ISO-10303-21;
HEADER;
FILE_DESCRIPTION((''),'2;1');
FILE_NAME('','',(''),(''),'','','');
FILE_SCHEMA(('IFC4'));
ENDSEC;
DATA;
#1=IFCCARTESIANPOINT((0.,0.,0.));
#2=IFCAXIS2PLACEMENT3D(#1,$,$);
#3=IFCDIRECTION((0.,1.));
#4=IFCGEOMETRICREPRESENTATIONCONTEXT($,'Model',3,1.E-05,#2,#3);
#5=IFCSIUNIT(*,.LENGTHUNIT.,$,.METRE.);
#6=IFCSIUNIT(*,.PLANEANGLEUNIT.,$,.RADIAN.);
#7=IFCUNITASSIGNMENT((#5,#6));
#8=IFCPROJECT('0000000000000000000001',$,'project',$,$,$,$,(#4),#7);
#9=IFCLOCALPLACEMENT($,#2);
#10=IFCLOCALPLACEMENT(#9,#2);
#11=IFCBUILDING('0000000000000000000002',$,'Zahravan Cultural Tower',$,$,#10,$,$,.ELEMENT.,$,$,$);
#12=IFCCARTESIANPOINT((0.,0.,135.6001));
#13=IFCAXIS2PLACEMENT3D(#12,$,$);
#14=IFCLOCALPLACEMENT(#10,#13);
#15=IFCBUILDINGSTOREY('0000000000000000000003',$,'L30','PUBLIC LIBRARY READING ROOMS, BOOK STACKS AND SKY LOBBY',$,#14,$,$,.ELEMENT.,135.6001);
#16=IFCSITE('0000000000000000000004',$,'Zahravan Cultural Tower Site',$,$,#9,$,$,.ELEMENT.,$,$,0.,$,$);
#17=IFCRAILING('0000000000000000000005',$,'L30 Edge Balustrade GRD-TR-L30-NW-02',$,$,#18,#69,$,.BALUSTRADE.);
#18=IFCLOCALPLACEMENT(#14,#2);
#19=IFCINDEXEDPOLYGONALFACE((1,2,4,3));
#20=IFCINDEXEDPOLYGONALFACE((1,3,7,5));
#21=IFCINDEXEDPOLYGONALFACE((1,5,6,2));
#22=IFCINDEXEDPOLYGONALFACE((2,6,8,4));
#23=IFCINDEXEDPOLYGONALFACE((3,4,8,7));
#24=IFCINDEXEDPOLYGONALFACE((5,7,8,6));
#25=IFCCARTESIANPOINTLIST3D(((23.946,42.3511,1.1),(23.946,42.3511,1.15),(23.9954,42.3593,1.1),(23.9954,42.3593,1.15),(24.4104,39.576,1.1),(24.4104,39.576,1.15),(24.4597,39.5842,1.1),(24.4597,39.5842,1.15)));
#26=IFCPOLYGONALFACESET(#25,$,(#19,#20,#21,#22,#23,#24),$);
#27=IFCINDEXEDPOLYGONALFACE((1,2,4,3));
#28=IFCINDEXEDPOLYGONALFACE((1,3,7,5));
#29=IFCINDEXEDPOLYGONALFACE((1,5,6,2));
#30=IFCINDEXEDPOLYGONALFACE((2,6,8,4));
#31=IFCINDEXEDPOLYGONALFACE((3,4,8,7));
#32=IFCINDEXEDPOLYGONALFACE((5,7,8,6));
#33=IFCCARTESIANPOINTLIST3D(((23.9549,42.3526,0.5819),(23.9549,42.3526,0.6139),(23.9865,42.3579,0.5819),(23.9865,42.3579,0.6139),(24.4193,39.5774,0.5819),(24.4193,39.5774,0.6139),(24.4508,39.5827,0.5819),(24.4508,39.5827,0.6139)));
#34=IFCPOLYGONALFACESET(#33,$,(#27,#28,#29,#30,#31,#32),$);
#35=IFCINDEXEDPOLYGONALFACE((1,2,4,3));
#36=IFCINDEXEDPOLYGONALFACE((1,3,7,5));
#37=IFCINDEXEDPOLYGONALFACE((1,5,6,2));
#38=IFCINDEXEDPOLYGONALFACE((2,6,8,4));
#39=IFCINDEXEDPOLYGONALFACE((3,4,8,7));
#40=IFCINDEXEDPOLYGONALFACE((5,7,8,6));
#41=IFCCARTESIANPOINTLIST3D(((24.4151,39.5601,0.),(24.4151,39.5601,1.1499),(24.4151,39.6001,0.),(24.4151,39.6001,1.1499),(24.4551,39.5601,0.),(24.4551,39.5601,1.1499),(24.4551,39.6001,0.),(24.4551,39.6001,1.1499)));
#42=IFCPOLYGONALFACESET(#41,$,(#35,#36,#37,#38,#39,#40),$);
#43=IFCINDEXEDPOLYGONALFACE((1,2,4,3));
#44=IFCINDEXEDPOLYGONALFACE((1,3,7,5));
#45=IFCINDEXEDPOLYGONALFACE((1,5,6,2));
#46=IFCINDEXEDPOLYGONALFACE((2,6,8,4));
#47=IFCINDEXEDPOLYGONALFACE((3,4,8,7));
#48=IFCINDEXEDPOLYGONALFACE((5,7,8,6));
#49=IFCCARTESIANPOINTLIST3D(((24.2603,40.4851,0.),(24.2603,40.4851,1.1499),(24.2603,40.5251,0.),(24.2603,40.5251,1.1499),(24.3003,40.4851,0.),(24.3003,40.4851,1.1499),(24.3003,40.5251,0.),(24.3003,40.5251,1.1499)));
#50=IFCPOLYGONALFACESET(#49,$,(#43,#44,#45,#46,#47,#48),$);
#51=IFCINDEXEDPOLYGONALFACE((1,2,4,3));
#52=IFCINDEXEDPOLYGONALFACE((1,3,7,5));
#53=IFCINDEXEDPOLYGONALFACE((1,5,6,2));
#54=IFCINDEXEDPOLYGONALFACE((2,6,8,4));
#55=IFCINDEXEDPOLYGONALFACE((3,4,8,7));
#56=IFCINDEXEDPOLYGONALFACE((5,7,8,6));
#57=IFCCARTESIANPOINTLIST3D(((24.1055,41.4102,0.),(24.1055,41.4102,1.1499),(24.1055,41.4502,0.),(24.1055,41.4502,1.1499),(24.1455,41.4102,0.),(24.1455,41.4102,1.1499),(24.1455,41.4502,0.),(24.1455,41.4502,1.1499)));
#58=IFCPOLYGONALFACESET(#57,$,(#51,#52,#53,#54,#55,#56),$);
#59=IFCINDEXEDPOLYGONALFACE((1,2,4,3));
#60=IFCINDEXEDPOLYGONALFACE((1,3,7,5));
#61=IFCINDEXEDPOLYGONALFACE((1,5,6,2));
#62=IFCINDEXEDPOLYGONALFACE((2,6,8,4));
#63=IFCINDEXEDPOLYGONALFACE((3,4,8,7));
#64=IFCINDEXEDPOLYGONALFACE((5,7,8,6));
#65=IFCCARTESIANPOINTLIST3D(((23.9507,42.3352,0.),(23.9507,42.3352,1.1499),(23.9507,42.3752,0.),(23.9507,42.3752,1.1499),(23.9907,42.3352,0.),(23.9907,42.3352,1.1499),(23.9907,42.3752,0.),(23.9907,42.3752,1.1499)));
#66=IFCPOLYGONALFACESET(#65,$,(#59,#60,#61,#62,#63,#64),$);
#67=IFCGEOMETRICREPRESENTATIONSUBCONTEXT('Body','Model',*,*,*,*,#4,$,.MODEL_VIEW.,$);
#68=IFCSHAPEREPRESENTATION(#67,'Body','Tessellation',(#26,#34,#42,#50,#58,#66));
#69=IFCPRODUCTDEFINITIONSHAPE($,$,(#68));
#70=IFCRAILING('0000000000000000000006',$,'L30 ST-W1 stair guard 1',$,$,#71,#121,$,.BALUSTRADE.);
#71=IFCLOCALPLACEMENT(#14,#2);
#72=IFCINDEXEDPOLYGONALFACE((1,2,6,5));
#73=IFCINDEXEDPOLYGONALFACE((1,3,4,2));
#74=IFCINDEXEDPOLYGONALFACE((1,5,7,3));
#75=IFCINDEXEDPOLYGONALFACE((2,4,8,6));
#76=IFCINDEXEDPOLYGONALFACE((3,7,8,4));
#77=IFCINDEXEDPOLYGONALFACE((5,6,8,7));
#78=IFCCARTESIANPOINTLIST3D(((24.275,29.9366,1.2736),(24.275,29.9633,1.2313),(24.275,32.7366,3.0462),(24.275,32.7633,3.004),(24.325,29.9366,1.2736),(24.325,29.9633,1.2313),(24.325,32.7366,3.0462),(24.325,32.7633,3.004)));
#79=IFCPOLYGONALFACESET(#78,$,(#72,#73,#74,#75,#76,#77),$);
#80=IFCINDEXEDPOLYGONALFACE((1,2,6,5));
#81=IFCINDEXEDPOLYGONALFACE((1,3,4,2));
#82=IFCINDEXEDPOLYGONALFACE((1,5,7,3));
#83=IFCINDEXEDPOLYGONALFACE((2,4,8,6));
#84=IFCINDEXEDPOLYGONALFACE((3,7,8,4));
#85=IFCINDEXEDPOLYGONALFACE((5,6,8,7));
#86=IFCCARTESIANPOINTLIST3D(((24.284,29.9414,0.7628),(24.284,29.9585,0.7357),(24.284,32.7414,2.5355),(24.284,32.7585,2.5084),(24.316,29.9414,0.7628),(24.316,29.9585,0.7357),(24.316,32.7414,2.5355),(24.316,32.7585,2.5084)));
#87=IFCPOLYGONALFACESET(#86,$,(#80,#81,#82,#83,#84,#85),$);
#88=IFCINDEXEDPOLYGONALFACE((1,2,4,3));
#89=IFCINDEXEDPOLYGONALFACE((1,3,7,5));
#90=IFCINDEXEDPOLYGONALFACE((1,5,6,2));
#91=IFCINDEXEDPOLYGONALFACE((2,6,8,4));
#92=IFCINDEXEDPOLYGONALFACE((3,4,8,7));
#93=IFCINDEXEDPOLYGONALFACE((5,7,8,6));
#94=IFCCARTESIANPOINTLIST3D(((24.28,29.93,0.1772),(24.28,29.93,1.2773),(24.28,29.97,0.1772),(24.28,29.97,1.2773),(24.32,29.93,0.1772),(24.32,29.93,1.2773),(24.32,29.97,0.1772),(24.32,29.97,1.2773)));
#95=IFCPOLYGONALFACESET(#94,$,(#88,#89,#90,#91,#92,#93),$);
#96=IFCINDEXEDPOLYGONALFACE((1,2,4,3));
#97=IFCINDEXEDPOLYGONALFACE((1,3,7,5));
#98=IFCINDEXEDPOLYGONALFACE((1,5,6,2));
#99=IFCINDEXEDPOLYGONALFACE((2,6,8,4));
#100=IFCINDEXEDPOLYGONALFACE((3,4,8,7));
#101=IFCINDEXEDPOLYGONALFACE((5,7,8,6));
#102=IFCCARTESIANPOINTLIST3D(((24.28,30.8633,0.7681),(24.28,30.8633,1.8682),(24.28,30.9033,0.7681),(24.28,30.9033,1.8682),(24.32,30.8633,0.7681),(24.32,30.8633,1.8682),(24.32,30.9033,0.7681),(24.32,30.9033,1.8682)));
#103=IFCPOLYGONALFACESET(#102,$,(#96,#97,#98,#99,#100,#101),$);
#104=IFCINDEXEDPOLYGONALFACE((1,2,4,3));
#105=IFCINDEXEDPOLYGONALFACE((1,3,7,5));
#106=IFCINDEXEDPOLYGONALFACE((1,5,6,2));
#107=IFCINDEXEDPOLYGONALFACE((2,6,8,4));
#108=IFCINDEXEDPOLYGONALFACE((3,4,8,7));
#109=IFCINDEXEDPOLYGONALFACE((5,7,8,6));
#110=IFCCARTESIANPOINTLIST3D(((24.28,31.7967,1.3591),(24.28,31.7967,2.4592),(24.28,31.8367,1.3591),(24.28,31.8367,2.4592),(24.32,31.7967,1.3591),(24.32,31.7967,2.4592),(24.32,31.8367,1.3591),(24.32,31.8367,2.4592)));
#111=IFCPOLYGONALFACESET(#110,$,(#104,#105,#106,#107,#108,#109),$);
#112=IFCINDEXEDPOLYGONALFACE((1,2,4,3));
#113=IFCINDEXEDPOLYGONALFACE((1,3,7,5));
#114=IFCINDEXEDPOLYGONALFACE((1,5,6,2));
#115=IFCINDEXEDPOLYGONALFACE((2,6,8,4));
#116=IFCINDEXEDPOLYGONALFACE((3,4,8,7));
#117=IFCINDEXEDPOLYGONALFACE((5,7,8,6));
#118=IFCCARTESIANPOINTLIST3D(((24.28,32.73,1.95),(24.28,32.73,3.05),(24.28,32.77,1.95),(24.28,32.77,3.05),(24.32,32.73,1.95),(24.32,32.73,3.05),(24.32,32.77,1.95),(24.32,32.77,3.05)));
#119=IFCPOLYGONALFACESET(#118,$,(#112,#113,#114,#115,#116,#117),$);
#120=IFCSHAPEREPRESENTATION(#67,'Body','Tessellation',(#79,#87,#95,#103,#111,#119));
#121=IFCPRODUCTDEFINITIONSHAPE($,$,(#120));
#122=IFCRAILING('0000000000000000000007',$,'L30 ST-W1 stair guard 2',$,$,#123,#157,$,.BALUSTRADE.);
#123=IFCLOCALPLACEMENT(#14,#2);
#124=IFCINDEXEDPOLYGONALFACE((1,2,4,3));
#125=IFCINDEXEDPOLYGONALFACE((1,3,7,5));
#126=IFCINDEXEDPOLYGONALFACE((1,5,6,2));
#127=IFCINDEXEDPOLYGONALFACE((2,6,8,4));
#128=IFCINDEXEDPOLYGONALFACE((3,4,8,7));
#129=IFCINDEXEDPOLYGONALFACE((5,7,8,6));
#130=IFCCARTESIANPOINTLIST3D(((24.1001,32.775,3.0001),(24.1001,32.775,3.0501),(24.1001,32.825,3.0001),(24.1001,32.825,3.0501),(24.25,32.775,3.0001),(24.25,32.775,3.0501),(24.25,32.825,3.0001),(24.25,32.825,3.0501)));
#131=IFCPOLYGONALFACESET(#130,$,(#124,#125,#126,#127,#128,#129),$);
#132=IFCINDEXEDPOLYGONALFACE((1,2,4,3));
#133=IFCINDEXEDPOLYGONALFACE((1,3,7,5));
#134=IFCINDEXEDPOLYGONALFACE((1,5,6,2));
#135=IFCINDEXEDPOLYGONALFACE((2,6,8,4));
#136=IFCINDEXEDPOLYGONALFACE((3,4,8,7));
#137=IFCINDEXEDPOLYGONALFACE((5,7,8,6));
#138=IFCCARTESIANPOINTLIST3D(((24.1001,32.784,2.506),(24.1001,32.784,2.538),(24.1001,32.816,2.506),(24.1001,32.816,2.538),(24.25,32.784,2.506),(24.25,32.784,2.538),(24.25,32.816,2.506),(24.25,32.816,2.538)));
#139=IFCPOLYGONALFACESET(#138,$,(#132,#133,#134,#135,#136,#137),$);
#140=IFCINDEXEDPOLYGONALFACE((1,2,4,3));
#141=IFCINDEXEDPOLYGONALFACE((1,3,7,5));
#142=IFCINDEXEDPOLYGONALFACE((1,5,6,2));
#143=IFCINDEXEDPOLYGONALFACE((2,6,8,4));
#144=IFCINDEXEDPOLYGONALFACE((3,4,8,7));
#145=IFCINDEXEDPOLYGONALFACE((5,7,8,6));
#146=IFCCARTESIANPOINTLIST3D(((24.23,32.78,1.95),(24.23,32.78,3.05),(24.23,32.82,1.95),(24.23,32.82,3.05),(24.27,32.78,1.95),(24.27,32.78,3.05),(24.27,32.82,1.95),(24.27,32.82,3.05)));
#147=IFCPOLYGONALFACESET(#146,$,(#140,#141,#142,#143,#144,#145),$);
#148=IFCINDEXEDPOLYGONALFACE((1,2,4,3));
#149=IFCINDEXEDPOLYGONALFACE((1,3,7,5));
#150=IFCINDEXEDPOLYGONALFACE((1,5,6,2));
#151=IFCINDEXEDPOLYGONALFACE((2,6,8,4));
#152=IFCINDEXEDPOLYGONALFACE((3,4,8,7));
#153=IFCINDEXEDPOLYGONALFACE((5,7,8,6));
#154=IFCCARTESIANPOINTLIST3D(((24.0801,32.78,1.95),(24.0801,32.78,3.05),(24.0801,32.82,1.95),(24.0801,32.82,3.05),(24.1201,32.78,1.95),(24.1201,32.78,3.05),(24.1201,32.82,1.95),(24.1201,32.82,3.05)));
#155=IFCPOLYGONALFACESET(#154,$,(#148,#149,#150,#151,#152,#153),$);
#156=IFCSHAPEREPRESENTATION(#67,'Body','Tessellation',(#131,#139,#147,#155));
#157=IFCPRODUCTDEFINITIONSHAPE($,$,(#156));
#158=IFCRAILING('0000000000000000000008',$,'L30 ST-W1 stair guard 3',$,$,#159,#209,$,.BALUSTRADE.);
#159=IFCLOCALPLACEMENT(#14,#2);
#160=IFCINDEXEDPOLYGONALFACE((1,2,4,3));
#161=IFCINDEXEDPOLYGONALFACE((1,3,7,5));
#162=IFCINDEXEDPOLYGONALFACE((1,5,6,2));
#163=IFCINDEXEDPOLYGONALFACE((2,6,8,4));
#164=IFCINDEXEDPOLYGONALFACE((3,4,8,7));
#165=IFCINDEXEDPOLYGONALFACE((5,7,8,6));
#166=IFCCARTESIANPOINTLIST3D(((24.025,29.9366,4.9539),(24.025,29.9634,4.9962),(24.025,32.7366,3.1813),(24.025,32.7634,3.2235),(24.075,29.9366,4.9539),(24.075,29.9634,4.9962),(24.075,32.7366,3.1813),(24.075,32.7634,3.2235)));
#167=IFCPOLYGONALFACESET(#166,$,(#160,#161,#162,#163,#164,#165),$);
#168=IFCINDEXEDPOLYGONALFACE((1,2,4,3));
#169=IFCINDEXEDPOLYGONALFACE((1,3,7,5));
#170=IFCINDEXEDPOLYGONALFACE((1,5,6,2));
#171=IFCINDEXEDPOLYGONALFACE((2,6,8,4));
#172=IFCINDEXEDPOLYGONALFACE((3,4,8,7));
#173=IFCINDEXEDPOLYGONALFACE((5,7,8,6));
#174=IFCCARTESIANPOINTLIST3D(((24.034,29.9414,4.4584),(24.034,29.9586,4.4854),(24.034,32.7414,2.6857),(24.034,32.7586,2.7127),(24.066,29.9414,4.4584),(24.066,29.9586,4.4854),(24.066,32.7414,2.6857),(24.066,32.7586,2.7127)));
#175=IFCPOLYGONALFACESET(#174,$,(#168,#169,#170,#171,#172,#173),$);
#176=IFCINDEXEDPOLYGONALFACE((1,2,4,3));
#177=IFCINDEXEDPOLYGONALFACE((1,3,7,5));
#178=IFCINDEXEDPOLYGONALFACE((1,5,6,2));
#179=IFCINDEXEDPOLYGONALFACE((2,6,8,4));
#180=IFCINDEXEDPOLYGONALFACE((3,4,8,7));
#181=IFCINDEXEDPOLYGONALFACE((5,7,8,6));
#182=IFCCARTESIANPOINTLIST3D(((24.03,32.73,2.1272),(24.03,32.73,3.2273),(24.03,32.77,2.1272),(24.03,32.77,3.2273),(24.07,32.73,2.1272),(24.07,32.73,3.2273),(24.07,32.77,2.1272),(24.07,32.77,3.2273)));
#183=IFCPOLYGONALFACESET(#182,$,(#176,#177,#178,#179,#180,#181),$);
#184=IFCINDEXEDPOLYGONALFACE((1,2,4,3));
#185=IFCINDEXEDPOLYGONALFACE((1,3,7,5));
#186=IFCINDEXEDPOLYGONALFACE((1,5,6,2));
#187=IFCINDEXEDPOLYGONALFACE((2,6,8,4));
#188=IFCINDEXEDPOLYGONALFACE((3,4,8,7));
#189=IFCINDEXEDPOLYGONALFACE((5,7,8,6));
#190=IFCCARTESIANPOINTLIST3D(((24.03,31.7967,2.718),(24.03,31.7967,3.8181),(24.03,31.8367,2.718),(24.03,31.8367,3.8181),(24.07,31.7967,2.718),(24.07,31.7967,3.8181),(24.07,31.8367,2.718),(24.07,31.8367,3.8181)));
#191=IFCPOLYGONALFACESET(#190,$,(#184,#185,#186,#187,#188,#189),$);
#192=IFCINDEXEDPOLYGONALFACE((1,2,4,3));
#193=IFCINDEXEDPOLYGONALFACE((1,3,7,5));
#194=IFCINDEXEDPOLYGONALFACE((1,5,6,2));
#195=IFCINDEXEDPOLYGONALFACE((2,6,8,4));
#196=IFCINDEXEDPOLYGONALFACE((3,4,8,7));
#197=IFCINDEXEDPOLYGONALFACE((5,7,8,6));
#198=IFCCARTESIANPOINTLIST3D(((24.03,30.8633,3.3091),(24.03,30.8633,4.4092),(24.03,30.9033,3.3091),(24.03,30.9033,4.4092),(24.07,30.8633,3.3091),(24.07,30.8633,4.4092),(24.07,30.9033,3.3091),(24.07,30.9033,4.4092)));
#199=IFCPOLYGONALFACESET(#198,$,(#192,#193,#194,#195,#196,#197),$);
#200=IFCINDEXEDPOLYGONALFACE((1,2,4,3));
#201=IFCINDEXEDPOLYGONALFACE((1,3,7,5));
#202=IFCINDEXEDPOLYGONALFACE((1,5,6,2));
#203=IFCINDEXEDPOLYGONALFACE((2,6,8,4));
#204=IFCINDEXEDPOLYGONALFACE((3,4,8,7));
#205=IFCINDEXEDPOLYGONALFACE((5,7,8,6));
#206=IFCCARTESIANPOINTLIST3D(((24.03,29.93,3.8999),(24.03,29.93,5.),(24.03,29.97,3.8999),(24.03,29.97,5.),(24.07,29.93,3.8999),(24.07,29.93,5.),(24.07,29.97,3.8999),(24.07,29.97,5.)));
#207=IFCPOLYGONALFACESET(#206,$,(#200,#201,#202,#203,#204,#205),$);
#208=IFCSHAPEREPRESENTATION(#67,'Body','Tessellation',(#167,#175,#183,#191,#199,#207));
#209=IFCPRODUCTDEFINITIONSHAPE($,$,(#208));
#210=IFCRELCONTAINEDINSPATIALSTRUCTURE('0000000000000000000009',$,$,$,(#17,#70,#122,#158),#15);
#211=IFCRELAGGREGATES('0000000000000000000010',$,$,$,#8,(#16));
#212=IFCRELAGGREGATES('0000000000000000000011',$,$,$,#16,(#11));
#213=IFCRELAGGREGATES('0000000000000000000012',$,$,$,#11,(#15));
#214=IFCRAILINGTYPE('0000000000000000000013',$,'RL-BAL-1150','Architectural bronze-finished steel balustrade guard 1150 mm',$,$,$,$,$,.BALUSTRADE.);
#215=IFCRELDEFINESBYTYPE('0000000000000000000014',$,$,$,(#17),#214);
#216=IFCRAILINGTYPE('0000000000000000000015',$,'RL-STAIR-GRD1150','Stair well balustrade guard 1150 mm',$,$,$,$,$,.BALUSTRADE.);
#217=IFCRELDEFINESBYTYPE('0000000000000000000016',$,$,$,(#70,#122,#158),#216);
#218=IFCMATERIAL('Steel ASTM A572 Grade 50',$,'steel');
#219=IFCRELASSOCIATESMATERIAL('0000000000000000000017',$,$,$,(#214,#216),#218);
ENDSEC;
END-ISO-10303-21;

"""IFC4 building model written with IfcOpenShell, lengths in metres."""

from ifc_helpers import new_model, si_unit, direction, frame, origin, origin_2d, place, context, subcontext, project, spatial, rectangle, extrude, material, type_object, element, save


model = new_model("IFC4")

# Units and contexts
model_context = context("Model", 3, precision=1e-05, world=origin(), true_north=direction((0.0, 1.0)))
body_context = subcontext(model_context, "Body", "Model", "MODEL_VIEW")
ifc_project = project(units=[si_unit("LENGTHUNIT", "METRE"), si_unit("PLANEANGLEUNIT", "RADIAN")], contexts=[model_context])

# Site, building, storey
site_placement = place(None, origin())
site = spatial("IfcSite", under=ifc_project, at=site_placement, Name="Zahravan Cultural Tower Site", CompositionType="ELEMENT", RefElevation=0.0)
building_placement = place(site_placement, origin())
building = spatial("IfcBuilding", under=site, at=building_placement, Name="Zahravan Cultural Tower", CompositionType="ELEMENT")
storey_placement = place(building_placement, frame((0.0, 0.0, 135.6001)))
storey = spatial("IfcBuildingStorey", under=building, at=storey_placement, Name="L30", Description="PUBLIC LIBRARY READING ROOMS, BOOK STACKS AND SKY LOBBY", CompositionType="ELEMENT", Elevation=135.6001)

# Railings
ifc_material_1 = material(Name="Steel ASTM A572 Grade 50", Category="steel")
railing_type_1 = type_object("IfcRailingType", Name="RL-BAL-1150", Description="Architectural bronze-finished steel balustrade guard 1150 mm", PredefinedType="BALUSTRADE", material=ifc_material_1)
railing_1_placement = place(storey_placement, frame((24.4351, 39.5801, 0.0)))
element("IfcRailing", 1, at=railing_1_placement, inside=storey, type_object=railing_type_1, Name="L30 Edge Balustrade GRD-TR-L30-NW-02", PredefinedType="BALUSTRADE", context=body_context, shape_type="SweptSolid", body=[
    extrude(rectangle(XDim=0.05, YDim=0.05, at=origin_2d()), frame((0.0, 0.0, 1.125), z_axis=(-0.165032, 0.986288, 0.0), x_axis=(-0.986288, -0.165032, 0.0)), (0.0, 0.0, 1.0), 2.8137),
    extrude(rectangle(XDim=0.032, YDim=0.032, at=origin_2d()), frame((0.0, 0.0, 0.5979), z_axis=(-0.165032, 0.986288, 0.0), x_axis=(-0.986288, -0.165032, 0.0)), (0.0, 0.0, 1.0), 2.8137),
    extrude(rectangle(XDim=0.04, YDim=0.04, at=origin_2d()), origin(), (0.0, 0.0, 1.0), 1.1499),
    extrude(rectangle(XDim=0.04, YDim=0.04, at=origin_2d()), frame((-0.1548, 0.925, 0.0)), (0.0, 0.0, 1.0), 1.1499),
    extrude(rectangle(XDim=0.04, YDim=0.04, at=origin_2d()), frame((-0.3096, 1.8501, 0.0)), (0.0, 0.0, 1.0), 1.1499),
    extrude(rectangle(XDim=0.04, YDim=0.04, at=origin_2d()), frame((-0.4644, 2.7751, 0.0)), (0.0, 0.0, 1.0), 1.1499),
])
railing_type_2 = type_object("IfcRailingType", Name="RL-STAIR-GRD1150", Description="Stair well balustrade guard 1150 mm", PredefinedType="BALUSTRADE", material=ifc_material_1)
railing_2_placement = place(storey_placement, frame((24.3, 29.95, 0.1772)))
element("IfcRailing", 2, at=railing_2_placement, inside=storey, type_object=railing_type_2, Name="L30 ST-W1 stair guard 1", PredefinedType="BALUSTRADE", context=body_context, shape_type="SweptSolid", body=[
    extrude(rectangle(XDim=0.05, YDim=0.05, at=origin_2d()), frame((0.0, 0.0, 1.0752), z_axis=(0.0, 0.844909, 0.53491), x_axis=(-1.0, 0.0, 0.0)), (0.0, 0.0, 1.0), 3.314),
    extrude(rectangle(XDim=0.032, YDim=0.032, at=origin_2d()), frame((0.0, 0.0, 0.572), z_axis=(0.0, 0.844909, 0.53491), x_axis=(-1.0, 0.0, 0.0)), (0.0, 0.0, 1.0), 3.314),
    extrude(rectangle(XDim=0.04, YDim=0.04, at=origin_2d()), origin(), (0.0, 0.0, 1.0), 1.1001),
    extrude(rectangle(XDim=0.04, YDim=0.04, at=origin_2d()), frame((0.0, 0.9333, 0.5908)), (0.0, 0.0, 1.0), 1.1001),
    extrude(rectangle(XDim=0.04, YDim=0.04, at=origin_2d()), frame((0.0, 1.8667, 1.1819)), (0.0, 0.0, 1.0), 1.1001),
    extrude(rectangle(XDim=0.04, YDim=0.04, at=origin_2d()), frame((0.0, 2.8, 1.7727)), (0.0, 0.0, 1.0), 1.1001),
])
railing_3_placement = place(storey_placement, frame((24.25, 32.8, 1.95)))
element("IfcRailing", 3, at=railing_3_placement, inside=storey, type_object=railing_type_2, Name="L30 ST-W1 stair guard 2", PredefinedType="BALUSTRADE", context=body_context, shape_type="SweptSolid", body=[
    extrude(rectangle(XDim=0.05, YDim=0.05, at=origin_2d()), frame((0.0, 0.0, 1.0752), z_axis=(-1.0, 0.0, 0.0), x_axis=(0.0, -1.0, 0.0)), (0.0, 0.0, 1.0), 0.1499),
    extrude(rectangle(XDim=0.032, YDim=0.032, at=origin_2d()), frame((0.0, 0.0, 0.572), z_axis=(-1.0, 0.0, 0.0), x_axis=(0.0, -1.0, 0.0)), (0.0, 0.0, 1.0), 0.1499),
    extrude(rectangle(XDim=0.04, YDim=0.04, at=origin_2d()), origin(), (0.0, 0.0, 1.0), 1.1001),
    extrude(rectangle(XDim=0.04, YDim=0.04, at=origin_2d()), frame((-0.1499, 0.0, 0.0)), (0.0, 0.0, 1.0), 1.1001),
])
railing_4_placement = place(storey_placement, frame((24.05, 32.75, 2.1272)))
element("IfcRailing", 4, at=railing_4_placement, inside=storey, type_object=railing_type_2, Name="L30 ST-W1 stair guard 3", PredefinedType="BALUSTRADE", context=body_context, shape_type="SweptSolid", body=[
    extrude(rectangle(XDim=0.05, YDim=0.05, at=origin_2d()), frame((0.0, 0.0, 1.0752), z_axis=(0.0, -0.844909, 0.53491), x_axis=(1.0, 0.0, 0.0)), (0.0, 0.0, 1.0), 3.314),
    extrude(rectangle(XDim=0.032, YDim=0.032, at=origin_2d()), frame((0.0, 0.0, 0.572), z_axis=(0.0, -0.844909, 0.53491), x_axis=(1.0, 0.0, 0.0)), (0.0, 0.0, 1.0), 3.314),
    extrude(rectangle(XDim=0.04, YDim=0.04, at=origin_2d()), origin(), (0.0, 0.0, 1.0), 1.1001),
    extrude(rectangle(XDim=0.04, YDim=0.04, at=origin_2d()), frame((0.0, -0.9333, 0.5908)), (0.0, 0.0, 1.0), 1.1001),
    extrude(rectangle(XDim=0.04, YDim=0.04, at=origin_2d()), frame((0.0, -1.8667, 1.1819)), (0.0, 0.0, 1.0), 1.1001),
    extrude(rectangle(XDim=0.04, YDim=0.04, at=origin_2d()), frame((0.0, -2.8, 1.7727)), (0.0, 0.0, 1.0), 1.1001),
])

save(model, "model.ifc")
